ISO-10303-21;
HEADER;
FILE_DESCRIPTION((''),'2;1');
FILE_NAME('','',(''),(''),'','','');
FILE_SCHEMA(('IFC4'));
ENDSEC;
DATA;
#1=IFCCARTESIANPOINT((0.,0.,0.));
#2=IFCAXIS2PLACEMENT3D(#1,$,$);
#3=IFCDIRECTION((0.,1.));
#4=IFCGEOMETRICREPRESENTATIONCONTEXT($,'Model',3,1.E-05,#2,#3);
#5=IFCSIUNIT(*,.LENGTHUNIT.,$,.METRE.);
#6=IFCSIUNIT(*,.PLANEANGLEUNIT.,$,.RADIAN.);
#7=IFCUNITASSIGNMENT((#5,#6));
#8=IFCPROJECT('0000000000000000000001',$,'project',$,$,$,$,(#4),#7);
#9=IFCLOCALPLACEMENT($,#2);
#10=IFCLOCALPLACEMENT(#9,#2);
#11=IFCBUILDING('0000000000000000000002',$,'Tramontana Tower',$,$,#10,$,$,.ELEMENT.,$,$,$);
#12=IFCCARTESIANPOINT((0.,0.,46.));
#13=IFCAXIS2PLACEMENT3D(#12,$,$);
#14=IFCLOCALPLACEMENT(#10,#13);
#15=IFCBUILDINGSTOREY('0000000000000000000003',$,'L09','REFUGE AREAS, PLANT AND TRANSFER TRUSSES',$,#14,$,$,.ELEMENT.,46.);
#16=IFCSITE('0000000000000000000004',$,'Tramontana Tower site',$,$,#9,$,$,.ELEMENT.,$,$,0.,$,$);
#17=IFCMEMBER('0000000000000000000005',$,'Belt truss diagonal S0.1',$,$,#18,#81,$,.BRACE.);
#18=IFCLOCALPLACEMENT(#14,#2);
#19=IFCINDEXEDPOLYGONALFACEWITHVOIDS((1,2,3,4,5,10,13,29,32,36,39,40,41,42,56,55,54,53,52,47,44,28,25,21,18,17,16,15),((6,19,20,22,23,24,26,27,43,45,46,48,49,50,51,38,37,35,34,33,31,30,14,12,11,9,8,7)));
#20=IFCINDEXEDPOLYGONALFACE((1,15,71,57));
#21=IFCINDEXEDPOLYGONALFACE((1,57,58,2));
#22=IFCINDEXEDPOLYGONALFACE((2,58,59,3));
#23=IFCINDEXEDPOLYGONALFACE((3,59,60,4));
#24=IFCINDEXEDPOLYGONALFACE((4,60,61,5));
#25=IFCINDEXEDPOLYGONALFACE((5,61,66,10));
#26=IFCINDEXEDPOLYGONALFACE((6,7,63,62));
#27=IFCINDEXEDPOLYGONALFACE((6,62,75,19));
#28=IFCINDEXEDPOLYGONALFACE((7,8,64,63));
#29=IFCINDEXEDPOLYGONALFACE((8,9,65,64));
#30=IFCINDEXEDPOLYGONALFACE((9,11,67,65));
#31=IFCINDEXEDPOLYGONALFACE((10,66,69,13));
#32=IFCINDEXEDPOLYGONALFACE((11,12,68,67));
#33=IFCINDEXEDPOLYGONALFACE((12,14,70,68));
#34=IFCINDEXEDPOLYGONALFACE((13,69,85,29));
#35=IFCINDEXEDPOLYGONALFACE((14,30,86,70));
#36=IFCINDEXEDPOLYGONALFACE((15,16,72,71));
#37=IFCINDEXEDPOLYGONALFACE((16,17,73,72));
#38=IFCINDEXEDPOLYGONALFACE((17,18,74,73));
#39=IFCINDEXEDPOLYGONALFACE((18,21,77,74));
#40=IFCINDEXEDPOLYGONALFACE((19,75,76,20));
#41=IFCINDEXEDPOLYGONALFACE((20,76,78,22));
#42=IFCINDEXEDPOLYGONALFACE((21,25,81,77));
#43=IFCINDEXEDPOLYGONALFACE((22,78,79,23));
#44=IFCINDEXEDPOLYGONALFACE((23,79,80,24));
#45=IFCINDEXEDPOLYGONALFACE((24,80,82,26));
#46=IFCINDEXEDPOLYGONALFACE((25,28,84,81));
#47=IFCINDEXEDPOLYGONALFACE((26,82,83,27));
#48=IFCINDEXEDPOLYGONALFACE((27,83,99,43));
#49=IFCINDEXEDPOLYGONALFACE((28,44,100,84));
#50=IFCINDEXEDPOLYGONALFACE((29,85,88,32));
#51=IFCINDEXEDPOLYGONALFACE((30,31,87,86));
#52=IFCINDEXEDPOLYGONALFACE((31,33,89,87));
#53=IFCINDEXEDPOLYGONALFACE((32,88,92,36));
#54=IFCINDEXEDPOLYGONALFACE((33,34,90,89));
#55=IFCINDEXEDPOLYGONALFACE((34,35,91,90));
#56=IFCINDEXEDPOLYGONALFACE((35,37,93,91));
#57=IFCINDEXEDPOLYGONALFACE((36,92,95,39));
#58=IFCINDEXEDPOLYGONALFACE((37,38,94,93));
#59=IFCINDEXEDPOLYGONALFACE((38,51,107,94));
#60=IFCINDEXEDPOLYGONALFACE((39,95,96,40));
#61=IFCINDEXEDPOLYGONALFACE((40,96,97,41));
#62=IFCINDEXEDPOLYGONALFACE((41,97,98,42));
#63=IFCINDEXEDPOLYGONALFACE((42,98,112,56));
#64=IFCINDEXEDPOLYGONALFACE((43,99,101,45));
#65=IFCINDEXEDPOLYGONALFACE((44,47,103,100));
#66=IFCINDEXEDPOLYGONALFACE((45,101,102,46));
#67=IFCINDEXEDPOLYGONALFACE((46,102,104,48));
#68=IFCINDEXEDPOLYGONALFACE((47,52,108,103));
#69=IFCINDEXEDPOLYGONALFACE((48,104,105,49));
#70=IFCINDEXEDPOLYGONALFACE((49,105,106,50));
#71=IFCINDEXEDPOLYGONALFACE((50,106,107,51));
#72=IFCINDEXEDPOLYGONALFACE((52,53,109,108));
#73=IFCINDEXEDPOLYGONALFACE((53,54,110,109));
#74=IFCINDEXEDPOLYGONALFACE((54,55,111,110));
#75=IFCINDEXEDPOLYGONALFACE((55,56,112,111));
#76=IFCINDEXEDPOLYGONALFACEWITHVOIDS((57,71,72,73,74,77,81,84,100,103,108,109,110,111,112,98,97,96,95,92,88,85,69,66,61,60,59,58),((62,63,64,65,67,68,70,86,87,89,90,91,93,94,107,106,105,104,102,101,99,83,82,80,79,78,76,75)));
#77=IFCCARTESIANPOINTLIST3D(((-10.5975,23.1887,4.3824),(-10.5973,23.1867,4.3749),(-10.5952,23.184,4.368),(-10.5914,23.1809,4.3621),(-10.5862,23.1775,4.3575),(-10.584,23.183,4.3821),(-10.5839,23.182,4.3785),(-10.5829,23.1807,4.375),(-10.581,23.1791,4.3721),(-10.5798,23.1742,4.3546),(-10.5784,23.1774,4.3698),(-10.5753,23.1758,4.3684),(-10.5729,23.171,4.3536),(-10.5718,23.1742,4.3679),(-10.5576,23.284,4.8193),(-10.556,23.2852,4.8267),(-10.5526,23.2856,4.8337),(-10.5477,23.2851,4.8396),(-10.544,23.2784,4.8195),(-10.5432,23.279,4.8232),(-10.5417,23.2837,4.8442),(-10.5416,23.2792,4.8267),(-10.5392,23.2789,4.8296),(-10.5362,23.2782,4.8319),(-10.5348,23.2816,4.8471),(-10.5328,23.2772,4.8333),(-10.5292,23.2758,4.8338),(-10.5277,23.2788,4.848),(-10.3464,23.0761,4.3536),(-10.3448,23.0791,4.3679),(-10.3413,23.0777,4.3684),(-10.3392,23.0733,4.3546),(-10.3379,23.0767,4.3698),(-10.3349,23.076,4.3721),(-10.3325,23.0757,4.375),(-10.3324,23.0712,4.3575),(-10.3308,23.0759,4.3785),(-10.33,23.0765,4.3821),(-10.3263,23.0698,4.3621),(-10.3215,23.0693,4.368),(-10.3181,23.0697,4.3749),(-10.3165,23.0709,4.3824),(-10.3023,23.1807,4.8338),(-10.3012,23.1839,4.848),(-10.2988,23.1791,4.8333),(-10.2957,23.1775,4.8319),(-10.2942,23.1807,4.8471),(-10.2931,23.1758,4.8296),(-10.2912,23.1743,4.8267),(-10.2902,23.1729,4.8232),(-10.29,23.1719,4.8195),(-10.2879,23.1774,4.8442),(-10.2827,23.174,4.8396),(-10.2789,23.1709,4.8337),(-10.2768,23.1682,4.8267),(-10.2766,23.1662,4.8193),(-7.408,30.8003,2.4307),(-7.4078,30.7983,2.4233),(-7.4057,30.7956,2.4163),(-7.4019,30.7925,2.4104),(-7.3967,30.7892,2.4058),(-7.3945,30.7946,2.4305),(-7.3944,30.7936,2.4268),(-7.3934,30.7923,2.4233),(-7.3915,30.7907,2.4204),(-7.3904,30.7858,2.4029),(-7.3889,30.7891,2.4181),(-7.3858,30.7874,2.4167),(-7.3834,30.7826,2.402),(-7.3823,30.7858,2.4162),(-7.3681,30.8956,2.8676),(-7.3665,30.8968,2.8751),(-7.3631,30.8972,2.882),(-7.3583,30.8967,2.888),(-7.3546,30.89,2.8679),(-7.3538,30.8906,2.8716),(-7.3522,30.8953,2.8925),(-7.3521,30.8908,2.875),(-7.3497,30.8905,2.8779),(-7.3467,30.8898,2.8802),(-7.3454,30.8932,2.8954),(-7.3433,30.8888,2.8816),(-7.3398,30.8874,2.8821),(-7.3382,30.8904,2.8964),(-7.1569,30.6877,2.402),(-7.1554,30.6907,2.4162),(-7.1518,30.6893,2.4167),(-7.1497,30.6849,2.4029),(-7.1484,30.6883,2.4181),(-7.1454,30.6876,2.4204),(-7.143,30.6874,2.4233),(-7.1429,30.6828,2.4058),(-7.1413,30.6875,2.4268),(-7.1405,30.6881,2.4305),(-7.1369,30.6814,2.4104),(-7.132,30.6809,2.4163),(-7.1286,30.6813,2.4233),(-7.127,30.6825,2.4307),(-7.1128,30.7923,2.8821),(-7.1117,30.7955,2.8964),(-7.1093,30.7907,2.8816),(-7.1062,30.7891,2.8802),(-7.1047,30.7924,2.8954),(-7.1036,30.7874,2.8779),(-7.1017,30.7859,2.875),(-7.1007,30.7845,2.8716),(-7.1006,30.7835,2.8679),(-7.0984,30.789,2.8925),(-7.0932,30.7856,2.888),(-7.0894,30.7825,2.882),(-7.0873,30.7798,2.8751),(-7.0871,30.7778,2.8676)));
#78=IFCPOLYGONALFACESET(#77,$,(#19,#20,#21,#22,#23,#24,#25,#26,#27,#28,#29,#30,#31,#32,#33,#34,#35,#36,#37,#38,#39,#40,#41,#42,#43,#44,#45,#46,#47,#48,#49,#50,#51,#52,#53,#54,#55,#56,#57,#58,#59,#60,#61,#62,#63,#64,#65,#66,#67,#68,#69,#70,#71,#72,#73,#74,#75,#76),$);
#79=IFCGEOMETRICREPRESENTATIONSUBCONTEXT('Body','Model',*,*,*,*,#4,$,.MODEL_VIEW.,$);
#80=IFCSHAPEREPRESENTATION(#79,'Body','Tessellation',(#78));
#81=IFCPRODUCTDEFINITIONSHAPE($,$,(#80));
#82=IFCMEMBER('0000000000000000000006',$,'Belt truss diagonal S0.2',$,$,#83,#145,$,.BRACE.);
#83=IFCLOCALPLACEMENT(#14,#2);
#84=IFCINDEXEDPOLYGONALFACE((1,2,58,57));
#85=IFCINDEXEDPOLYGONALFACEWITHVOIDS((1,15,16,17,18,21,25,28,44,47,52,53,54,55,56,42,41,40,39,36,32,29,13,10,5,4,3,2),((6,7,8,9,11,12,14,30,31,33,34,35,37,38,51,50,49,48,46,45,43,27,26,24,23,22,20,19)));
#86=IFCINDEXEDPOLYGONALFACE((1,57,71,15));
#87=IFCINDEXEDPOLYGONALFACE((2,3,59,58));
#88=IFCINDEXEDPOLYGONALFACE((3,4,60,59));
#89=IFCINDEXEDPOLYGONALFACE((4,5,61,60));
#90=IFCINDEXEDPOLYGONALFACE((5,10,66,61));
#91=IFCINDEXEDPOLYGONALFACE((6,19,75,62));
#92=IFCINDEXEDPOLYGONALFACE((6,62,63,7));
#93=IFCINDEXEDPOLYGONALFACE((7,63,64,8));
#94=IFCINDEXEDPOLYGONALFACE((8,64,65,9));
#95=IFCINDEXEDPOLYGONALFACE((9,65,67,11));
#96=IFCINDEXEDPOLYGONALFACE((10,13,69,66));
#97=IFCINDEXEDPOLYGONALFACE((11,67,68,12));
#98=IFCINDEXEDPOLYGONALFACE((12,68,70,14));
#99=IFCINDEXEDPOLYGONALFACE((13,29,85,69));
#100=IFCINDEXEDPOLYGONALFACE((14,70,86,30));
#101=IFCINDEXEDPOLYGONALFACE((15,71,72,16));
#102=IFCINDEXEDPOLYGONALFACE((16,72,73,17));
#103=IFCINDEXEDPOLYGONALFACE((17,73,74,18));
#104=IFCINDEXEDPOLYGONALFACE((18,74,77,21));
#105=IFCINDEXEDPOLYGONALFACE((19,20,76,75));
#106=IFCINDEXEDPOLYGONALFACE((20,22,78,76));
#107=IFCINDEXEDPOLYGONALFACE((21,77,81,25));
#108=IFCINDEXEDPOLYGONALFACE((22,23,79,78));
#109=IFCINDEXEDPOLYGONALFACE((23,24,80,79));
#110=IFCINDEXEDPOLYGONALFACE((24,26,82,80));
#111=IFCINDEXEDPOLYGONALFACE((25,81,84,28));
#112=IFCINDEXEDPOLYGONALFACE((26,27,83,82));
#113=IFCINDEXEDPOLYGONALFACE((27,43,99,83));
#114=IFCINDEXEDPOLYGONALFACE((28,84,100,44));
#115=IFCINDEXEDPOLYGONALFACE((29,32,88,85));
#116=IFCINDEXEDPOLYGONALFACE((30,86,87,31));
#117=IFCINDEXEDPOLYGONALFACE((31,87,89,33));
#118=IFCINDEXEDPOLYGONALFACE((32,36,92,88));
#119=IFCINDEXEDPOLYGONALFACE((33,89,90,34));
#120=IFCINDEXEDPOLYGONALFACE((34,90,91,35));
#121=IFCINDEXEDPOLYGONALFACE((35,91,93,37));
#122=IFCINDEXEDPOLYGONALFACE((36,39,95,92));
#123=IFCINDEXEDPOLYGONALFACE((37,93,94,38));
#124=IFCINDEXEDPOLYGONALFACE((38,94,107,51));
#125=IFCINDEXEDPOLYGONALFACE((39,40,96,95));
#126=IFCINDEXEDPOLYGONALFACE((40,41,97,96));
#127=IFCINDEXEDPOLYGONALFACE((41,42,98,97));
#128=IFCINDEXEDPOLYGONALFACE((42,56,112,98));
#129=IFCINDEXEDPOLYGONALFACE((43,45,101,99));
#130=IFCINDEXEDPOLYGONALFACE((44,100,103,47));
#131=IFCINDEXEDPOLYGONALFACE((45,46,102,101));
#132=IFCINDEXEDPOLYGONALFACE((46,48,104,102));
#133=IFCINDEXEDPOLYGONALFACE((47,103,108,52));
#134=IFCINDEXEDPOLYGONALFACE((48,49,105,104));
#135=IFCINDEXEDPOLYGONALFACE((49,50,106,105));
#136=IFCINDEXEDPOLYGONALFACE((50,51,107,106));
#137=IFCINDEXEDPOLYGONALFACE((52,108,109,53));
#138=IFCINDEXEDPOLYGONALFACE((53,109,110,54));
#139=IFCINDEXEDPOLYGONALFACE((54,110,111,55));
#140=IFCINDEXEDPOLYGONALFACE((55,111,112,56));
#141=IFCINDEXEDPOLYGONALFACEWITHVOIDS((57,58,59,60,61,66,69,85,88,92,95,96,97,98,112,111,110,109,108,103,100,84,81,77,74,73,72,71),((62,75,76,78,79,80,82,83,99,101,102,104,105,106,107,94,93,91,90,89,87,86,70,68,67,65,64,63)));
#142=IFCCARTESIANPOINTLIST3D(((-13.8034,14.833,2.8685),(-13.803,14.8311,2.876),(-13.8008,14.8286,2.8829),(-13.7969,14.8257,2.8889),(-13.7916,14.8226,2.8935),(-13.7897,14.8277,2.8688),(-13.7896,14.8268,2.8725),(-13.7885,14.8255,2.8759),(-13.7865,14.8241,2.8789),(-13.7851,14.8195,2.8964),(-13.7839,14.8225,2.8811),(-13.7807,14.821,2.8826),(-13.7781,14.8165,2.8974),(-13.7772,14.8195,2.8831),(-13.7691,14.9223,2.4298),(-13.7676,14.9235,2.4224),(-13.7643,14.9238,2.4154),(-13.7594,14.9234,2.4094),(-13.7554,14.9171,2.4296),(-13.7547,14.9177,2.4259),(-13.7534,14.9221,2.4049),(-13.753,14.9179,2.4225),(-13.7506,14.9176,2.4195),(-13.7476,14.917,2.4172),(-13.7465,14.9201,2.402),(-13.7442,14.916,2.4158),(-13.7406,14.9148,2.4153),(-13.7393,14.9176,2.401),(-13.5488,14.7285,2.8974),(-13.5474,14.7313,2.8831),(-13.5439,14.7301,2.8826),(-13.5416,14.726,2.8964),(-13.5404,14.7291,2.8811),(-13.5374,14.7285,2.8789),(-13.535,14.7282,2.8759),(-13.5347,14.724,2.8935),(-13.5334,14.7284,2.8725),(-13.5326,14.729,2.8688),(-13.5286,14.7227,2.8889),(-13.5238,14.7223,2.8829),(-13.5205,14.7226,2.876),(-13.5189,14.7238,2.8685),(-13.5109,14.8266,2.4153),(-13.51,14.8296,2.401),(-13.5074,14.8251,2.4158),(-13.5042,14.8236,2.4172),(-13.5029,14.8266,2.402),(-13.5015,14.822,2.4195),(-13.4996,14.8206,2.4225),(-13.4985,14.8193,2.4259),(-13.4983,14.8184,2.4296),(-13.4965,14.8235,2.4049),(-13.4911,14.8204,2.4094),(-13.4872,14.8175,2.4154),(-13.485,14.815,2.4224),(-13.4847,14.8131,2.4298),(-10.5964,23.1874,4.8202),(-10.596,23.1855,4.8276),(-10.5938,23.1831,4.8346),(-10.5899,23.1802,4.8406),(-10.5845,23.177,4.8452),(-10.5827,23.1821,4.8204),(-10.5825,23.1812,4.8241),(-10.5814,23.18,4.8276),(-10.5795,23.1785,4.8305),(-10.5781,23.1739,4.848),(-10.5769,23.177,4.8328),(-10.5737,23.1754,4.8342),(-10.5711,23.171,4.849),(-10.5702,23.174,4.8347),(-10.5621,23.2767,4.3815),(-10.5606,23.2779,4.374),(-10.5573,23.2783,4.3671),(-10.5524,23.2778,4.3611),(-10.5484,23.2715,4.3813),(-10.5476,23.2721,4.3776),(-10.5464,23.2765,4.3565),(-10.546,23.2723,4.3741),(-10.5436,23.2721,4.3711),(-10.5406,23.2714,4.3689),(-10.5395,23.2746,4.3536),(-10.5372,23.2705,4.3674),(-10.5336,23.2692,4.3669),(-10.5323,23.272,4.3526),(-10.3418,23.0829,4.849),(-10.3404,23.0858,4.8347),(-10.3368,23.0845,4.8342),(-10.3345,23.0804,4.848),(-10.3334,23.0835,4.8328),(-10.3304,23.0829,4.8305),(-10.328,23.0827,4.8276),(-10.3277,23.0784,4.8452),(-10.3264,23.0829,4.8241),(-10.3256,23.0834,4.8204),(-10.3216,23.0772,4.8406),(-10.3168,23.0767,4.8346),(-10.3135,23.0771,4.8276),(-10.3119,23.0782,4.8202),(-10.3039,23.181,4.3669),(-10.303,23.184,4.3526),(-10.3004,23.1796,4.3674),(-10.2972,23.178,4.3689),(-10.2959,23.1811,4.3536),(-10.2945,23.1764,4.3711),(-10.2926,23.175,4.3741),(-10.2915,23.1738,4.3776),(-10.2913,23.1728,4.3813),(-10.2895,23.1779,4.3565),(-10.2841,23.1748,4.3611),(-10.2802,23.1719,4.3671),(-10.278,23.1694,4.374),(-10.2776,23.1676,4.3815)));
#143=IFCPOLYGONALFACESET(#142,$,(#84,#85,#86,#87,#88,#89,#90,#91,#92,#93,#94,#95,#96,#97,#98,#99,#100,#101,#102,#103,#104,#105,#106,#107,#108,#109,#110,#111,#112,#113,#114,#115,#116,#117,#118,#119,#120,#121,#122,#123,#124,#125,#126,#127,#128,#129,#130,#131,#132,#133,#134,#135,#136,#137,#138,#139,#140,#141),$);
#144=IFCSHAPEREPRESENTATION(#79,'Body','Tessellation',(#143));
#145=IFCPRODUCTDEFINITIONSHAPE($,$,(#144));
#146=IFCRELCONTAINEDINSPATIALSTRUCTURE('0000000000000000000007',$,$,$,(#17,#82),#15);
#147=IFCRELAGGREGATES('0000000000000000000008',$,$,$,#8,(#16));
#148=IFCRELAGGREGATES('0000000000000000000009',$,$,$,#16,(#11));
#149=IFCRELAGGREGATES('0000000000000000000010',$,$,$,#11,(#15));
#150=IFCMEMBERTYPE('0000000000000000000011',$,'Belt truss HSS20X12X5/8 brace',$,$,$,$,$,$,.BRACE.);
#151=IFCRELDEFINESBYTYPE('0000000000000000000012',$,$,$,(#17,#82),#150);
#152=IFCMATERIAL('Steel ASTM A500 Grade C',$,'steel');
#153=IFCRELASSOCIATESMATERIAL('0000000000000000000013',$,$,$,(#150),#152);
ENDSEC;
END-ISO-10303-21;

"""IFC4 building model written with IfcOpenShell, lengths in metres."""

from ifc_helpers import new_model, si_unit, direction, frame, origin, origin_2d, place, context, subcontext, project, spatial, hollow_rectangle, extrude, material, material_profile, profile_set, type_object, element, save


model = new_model("IFC4")

# Units and contexts
model_context = context("Model", 3, precision=1e-05, world=origin(), true_north=direction((0.0, 1.0)))
body_context = subcontext(model_context, "Body", "Model", "MODEL_VIEW")
ifc_project = project(units=[si_unit("LENGTHUNIT", "METRE"), si_unit("PLANEANGLEUNIT", "RADIAN")], contexts=[model_context])

# Site, building, storey
site_placement = place(None, origin())
site = spatial("IfcSite", under=ifc_project, at=site_placement, Name="Tramontana Tower site", CompositionType="ELEMENT", RefElevation=0.0)
building_placement = place(site_placement, origin())
building = spatial("IfcBuilding", under=site, at=building_placement, Name="Tramontana Tower", CompositionType="ELEMENT")
storey_placement = place(building_placement, frame((0.0, 0.0, 46.0)))
storey = spatial("IfcBuildingStorey", under=building, at=storey_placement, Name="L09", Description="REFUGE AREAS, PLANT AND TRANSFER TRUSSES", CompositionType="ELEMENT", Elevation=46.0)

# Members
ifc_material_1 = material(Name="Steel ASTM A500 Grade C", Category="steel")
ifc_material_profile_1 = material_profile(ifc_material_1, hollow_rectangle(XDim=0.3047, YDim=0.5081, WallThickness=0.0146, InnerFilletRadius=0.0146, OuterFilletRadius=0.0295, at=origin_2d()), Name="HSS20X12X5/8")
ifc_profile_set_1 = profile_set([ifc_material_profile_1], Name="Steel ASTM A500 Grade C")
member_type_1 = type_object("IfcMemberType", Name="Belt truss HSS20X12X5/8 brace", PredefinedType="BRACE", material=ifc_profile_set_1)
member_1_placement = place(storey_placement, frame((-7.2476, 30.7891, 2.6492), z_axis=(-0.376096, -0.897546, 0.230137), x_axis=(0.922302, -0.386469, 0.0)))
element("IfcMember", 1, at=member_1_placement, inside=storey, type_object=member_type_1, Name="Belt truss diagonal S0.1", PredefinedType="BRACE", context=body_context, shape_type="SweptSolid", body=[
    extrude(hollow_rectangle(XDim=0.3047, YDim=0.5081, WallThickness=0.0146, InnerFilletRadius=0.0146, OuterFilletRadius=0.0295, at=origin_2d()), origin(), (0.0, 0.0, 1.0), 8.4805),
])
member_2_placement = place(storey_placement, frame((-10.437, 23.1775, 4.6008), z_axis=(-0.350142, -0.912139, -0.213081), x_axis=(0.933579, -0.358372, 0.0)))
element("IfcMember", 2, at=member_2_placement, inside=storey, type_object=member_type_1, Name="Belt truss diagonal S0.2", PredefinedType="BRACE", context=body_context, shape_type="SweptSolid", body=[
    extrude(hollow_rectangle(XDim=0.3047, YDim=0.5081, WallThickness=0.0146, InnerFilletRadius=0.0146, OuterFilletRadius=0.0295, at=origin_2d()), origin(), (0.0, 0.0, 1.0), 9.1592),
])

save(model, "model.ifc")
